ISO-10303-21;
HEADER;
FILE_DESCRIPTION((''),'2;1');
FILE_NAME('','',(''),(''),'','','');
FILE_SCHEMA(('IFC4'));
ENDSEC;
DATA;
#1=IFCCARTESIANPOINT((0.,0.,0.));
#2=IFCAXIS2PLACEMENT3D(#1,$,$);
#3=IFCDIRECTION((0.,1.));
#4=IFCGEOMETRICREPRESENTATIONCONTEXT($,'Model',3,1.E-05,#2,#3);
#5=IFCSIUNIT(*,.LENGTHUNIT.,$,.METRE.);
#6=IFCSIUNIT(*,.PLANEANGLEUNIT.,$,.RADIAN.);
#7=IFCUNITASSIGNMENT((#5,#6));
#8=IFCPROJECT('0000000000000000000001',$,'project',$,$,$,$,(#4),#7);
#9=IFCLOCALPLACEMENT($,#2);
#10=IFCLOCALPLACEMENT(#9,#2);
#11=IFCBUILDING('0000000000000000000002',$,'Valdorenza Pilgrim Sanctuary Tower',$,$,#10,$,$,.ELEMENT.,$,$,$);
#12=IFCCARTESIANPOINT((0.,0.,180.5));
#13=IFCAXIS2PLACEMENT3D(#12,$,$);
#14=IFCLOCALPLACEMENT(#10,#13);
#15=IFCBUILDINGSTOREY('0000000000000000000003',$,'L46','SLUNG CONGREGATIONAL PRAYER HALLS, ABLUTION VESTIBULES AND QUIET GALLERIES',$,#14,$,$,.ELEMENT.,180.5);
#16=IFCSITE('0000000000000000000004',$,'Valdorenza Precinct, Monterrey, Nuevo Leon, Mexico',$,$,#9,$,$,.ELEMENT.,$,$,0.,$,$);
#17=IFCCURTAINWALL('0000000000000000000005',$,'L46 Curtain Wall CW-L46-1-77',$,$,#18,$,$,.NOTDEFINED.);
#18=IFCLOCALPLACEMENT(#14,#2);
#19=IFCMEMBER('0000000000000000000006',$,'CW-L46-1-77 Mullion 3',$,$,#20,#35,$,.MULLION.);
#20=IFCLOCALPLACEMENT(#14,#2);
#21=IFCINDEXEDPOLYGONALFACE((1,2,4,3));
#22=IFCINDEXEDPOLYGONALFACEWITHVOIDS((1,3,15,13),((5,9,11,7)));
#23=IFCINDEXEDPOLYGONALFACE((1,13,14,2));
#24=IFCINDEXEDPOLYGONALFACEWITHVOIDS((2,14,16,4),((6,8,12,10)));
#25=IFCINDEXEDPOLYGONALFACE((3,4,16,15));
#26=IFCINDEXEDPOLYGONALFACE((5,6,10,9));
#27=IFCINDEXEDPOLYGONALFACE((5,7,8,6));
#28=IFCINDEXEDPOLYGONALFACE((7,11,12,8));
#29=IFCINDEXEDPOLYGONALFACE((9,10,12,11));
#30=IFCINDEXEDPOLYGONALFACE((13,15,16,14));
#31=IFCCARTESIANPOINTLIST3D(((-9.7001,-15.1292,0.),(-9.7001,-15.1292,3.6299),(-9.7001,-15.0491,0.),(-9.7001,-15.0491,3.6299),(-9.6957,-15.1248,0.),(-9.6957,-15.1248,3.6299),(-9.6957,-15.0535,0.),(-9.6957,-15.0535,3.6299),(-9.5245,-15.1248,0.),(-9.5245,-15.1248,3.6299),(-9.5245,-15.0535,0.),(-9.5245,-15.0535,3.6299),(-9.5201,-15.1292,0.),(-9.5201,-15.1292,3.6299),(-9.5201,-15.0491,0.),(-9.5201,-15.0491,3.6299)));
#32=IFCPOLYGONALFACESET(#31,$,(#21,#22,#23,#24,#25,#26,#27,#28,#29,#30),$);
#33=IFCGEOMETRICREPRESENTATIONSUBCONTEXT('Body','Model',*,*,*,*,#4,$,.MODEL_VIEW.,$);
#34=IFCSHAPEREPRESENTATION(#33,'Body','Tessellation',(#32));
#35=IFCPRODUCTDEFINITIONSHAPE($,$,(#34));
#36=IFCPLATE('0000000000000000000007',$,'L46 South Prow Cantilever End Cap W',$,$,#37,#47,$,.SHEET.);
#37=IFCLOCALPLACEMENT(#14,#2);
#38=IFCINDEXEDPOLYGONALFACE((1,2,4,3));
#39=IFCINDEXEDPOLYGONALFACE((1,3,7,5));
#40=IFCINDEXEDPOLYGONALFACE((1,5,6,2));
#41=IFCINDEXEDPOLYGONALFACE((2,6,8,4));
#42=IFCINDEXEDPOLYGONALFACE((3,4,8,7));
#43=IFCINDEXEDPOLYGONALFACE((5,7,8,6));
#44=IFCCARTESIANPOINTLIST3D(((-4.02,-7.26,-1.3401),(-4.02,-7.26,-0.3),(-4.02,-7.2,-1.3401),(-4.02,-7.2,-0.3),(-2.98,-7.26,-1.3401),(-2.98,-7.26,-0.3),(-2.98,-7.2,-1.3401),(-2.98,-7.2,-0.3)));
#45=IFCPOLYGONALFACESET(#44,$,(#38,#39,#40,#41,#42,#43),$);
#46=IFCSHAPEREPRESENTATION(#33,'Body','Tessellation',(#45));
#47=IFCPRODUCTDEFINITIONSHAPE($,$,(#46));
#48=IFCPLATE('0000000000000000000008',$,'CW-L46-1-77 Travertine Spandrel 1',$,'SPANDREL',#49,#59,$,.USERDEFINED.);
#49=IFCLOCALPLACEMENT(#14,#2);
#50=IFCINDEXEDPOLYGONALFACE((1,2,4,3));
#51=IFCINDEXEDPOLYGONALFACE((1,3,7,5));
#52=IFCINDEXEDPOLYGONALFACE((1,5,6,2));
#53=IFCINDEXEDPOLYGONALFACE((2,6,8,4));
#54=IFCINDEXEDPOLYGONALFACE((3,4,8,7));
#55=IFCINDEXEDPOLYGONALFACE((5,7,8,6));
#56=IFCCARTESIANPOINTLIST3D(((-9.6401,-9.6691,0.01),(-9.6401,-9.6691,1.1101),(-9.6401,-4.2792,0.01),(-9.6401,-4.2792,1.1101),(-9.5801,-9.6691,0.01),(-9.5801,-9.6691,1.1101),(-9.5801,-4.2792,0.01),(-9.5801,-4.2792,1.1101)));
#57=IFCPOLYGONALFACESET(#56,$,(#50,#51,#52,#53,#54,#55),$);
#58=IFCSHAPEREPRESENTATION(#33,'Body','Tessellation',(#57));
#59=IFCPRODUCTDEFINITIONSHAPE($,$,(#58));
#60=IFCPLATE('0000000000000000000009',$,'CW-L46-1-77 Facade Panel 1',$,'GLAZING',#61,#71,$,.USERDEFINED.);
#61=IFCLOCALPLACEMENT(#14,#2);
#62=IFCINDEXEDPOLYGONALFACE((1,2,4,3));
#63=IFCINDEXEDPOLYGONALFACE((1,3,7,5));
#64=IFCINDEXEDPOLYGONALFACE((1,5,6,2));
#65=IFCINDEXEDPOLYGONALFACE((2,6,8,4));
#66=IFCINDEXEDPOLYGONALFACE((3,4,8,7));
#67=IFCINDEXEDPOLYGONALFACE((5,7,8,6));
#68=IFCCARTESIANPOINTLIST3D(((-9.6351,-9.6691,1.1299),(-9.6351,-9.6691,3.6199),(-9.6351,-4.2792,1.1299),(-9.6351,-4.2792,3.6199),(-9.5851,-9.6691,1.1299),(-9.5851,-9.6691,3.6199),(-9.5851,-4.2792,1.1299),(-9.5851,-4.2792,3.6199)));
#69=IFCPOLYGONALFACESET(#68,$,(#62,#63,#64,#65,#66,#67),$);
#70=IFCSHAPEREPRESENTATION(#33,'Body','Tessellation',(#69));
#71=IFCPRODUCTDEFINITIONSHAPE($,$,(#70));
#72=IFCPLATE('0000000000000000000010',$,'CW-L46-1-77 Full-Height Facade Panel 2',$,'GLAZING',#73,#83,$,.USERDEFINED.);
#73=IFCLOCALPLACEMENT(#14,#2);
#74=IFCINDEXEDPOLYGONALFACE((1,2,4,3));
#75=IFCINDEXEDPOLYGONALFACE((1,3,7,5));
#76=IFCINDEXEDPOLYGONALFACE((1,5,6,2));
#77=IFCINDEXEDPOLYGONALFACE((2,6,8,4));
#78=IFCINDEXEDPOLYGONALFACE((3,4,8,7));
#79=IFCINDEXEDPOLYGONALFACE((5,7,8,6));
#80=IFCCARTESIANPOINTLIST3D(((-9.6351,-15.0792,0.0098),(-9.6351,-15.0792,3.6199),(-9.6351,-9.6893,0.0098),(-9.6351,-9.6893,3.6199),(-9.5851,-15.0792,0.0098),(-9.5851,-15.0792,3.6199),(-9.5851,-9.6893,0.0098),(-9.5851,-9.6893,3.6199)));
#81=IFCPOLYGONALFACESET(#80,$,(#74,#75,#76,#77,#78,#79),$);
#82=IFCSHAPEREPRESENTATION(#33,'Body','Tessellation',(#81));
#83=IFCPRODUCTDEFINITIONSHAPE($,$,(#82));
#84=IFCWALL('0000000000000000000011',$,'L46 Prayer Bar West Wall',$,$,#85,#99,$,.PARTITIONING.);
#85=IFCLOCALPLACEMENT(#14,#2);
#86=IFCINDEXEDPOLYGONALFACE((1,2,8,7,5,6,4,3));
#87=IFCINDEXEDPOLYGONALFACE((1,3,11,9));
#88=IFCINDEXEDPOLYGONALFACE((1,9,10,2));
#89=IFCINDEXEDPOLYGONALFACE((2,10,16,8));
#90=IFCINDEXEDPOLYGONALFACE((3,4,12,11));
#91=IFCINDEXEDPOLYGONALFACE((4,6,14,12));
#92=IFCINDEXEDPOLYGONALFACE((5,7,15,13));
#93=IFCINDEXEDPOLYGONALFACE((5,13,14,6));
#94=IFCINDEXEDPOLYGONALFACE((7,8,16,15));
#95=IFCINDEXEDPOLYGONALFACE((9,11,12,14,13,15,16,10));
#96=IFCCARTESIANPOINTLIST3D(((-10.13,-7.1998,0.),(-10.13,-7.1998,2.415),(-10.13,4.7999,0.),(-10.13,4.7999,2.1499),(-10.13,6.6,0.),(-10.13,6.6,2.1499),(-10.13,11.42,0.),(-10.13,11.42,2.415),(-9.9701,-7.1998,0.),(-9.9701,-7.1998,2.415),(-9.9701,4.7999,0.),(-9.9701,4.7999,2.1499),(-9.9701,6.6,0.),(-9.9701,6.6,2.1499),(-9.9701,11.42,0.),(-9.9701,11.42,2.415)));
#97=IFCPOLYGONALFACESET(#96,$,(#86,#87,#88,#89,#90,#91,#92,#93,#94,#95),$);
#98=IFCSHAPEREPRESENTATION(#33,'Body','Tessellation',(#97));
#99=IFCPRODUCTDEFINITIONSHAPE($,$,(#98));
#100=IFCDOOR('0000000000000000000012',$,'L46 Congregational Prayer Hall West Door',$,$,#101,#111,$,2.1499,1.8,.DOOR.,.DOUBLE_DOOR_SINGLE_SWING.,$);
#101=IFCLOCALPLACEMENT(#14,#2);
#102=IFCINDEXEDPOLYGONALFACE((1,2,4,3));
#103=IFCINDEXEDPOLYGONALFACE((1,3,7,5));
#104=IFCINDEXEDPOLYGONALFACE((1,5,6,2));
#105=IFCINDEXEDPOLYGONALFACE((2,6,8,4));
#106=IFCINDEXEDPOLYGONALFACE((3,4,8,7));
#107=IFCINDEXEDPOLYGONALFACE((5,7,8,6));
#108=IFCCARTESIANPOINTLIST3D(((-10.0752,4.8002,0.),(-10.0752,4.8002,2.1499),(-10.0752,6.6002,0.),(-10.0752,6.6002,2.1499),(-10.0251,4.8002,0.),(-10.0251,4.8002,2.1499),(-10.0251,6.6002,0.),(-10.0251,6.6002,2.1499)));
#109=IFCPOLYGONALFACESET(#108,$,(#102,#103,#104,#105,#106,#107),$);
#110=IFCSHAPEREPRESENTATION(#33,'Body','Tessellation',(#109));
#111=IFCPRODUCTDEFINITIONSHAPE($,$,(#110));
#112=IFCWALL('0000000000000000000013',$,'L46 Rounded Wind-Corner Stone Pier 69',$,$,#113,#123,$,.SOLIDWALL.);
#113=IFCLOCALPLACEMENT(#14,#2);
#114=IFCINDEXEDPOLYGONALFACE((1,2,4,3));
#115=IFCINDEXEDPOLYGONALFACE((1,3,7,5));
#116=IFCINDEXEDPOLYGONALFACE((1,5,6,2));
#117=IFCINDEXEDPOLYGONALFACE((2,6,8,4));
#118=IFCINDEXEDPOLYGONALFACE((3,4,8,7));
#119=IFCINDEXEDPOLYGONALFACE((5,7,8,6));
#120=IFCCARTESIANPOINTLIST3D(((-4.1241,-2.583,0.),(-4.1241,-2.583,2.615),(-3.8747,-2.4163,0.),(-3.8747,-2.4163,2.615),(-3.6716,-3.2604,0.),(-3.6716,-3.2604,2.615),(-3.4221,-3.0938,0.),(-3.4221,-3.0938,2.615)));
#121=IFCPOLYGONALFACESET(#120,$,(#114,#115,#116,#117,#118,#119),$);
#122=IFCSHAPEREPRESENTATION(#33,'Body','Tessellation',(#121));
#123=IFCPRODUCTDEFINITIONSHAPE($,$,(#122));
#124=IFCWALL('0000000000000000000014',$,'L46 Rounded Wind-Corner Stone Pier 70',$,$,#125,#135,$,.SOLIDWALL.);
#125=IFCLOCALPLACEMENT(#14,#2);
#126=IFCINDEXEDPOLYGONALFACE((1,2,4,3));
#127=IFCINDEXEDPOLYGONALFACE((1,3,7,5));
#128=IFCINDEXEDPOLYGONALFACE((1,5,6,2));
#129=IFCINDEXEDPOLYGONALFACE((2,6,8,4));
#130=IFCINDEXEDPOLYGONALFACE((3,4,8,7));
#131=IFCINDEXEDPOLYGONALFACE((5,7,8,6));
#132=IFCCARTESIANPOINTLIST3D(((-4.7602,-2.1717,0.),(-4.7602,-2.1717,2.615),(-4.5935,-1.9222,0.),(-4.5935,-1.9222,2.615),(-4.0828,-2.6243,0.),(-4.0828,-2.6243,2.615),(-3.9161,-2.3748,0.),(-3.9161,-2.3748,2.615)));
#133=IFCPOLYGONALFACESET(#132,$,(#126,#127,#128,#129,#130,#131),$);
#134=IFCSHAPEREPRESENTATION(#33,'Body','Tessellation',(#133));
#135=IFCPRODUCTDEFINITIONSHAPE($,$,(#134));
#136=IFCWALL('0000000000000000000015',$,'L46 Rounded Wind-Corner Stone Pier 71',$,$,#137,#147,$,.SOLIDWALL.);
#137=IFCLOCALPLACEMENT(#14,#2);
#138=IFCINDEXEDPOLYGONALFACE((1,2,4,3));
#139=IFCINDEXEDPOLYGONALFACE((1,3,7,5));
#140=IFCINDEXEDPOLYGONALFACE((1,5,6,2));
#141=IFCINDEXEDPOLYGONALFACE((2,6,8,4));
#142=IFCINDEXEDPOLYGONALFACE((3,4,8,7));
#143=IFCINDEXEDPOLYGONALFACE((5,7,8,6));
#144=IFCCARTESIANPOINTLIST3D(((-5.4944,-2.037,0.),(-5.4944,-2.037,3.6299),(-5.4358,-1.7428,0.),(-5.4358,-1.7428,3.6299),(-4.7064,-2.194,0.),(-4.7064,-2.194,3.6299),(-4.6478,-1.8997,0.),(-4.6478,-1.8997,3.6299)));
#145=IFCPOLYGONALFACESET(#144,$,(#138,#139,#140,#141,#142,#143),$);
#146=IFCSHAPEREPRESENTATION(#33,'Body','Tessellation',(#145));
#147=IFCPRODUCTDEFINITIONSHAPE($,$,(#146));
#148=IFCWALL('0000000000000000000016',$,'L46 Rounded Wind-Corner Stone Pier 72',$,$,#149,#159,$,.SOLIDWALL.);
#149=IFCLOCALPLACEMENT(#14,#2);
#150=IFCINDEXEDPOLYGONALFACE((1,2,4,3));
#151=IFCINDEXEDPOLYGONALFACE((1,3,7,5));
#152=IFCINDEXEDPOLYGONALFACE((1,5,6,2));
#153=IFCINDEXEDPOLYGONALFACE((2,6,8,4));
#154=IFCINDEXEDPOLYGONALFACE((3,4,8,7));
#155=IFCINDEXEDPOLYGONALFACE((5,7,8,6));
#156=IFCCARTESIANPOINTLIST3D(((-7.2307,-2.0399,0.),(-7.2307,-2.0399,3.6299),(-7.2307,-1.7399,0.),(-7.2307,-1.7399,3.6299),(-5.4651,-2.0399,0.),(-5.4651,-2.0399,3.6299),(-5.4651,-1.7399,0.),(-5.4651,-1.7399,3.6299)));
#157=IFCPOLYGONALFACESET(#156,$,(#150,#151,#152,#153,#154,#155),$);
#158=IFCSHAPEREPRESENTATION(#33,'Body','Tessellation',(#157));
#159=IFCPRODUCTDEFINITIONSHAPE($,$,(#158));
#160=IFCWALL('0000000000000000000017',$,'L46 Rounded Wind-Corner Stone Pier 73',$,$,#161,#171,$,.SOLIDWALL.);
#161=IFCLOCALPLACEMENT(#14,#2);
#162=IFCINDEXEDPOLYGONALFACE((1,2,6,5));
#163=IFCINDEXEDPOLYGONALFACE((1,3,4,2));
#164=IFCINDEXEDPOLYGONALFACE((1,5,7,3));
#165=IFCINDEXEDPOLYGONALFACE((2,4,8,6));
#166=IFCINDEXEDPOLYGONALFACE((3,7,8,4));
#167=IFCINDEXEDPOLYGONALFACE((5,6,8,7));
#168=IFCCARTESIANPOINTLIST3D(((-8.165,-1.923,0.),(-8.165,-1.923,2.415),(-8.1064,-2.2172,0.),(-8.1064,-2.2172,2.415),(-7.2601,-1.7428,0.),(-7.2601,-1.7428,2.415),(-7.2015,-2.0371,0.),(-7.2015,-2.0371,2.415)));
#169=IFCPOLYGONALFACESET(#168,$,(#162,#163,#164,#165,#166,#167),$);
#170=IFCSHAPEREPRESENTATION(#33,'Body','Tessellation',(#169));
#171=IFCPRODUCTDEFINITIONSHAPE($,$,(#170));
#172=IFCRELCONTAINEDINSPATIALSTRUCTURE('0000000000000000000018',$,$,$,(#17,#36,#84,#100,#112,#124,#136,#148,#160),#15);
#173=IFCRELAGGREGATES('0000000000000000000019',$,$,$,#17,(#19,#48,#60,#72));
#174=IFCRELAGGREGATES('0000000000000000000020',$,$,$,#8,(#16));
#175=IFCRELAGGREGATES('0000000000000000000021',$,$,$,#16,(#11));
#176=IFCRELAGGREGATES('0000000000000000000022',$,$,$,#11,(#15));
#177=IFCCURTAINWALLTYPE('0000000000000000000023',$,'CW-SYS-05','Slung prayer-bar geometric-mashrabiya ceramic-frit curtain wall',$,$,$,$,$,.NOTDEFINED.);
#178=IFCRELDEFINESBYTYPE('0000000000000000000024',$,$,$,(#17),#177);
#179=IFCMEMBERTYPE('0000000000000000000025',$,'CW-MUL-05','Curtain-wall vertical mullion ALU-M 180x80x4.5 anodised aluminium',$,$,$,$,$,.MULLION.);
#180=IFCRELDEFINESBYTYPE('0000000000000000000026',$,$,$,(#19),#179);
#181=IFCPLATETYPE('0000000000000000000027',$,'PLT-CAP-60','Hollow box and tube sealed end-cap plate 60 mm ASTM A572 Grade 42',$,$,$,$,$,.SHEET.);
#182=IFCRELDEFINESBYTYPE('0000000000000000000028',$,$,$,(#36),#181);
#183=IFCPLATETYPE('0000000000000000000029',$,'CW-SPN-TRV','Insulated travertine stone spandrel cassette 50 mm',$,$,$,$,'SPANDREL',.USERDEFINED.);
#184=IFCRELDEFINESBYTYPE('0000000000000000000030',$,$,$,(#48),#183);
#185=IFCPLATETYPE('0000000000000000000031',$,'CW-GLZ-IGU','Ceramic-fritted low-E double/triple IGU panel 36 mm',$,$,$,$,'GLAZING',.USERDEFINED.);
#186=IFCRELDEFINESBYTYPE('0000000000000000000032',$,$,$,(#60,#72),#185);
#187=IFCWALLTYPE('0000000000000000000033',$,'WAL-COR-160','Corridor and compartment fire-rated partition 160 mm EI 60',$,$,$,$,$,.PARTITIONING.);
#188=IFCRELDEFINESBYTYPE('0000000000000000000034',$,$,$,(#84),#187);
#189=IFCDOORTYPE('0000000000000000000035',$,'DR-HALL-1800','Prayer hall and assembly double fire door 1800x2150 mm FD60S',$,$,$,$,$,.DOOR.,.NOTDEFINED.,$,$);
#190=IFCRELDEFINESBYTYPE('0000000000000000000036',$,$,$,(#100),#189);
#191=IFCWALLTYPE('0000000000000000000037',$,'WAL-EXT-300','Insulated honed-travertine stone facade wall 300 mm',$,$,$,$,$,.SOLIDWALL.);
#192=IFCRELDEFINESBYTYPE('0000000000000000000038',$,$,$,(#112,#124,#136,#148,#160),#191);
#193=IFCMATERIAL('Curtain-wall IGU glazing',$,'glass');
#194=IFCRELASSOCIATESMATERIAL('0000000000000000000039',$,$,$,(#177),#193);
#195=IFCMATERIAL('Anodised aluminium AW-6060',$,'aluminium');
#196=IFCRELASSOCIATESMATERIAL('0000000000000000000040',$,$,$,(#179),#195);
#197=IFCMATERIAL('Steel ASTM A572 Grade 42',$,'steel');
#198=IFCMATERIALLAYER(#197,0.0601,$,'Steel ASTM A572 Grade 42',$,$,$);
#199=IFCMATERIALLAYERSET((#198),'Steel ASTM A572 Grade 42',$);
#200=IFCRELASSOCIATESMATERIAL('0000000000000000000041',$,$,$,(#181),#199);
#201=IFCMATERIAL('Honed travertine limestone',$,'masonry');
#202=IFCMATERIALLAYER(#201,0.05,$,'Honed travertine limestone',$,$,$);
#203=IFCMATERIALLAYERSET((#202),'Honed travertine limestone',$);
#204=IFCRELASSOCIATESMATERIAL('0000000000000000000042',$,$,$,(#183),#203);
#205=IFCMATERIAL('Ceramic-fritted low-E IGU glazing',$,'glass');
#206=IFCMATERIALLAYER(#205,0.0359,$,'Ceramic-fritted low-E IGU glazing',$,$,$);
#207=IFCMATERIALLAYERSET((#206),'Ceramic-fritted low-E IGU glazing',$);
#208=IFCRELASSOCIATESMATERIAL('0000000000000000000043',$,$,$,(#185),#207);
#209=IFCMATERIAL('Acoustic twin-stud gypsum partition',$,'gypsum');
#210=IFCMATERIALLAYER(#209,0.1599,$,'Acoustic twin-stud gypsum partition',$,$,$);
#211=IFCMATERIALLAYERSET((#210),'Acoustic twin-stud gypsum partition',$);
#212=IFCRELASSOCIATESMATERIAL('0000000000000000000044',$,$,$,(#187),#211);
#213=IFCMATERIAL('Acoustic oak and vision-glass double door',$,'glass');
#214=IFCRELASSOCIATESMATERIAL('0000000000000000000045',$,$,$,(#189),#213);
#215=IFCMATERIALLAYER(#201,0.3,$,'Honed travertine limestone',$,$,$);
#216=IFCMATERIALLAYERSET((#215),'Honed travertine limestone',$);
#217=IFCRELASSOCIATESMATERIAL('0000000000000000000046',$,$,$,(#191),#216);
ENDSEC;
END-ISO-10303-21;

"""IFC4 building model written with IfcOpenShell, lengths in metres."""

from ifc_helpers import new_model, si_unit, direction, frame, frame_2d, origin, origin_2d, place, context, subcontext, project, spatial, rectangle, hollow_rectangle, extrude, source, transform, mapped, material, layer, layer_set, material_profile, profile_set, type_object, element, fill, aggregate, save


model = new_model("IFC4")

# Units and contexts
model_context = context("Model", 3, precision=1e-05, world=origin(), true_north=direction((0.0, 1.0)))
body_context = subcontext(model_context, "Body", "Model", "MODEL_VIEW")
ifc_project = project(units=[si_unit("LENGTHUNIT", "METRE"), si_unit("PLANEANGLEUNIT", "RADIAN")], contexts=[model_context])

# Site, building, storey
site_placement = place(None, origin())
site = spatial("IfcSite", under=ifc_project, at=site_placement, Name="Valdorenza Precinct, Monterrey, Nuevo Leon, Mexico", CompositionType="ELEMENT", RefElevation=0.0)
building_placement = place(site_placement, origin())
building = spatial("IfcBuilding", under=site, at=building_placement, Name="Valdorenza Pilgrim Sanctuary Tower", CompositionType="ELEMENT")
storey_placement = place(building_placement, frame((0.0, 0.0, 180.5)))
storey = spatial("IfcBuildingStorey", under=building, at=storey_placement, Name="L46", Description="SLUNG CONGREGATIONAL PRAYER HALLS, ABLUTION VESTIBULES AND QUIET GALLERIES", CompositionType="ELEMENT", Elevation=180.5)

# Shared definitions
ifc_material_1 = material(Name="Steel ASTM A572 Grade 42", Category="steel")

# Curtain wall
ifc_material_2 = material(Name="Curtain-wall IGU glazing", Category="glass")
curtain_wall_type_1 = type_object("IfcCurtainWallType", Name="CW-SYS-05", Description="Slung prayer-bar geometric-mashrabiya ceramic-frit curtain wall", PredefinedType="NOTDEFINED", material=ifc_material_2)
curtain_wall_1_placement = place(storey_placement, origin())
curtain_wall_1 = element("IfcCurtainWall", 1, at=curtain_wall_1_placement, inside=storey, type_object=curtain_wall_type_1, Name="L46 Curtain Wall CW-L46-1-77", PredefinedType="NOTDEFINED")
ifc_material_3 = material(Name="Anodised aluminium AW-6060", Category="aluminium")

# Member
ifc_material_profile_1 = material_profile(ifc_material_3, hollow_rectangle(XDim=0.0801, YDim=0.1799, WallThickness=0.0044, at=origin_2d()), Name="ALU-M 180x80x4.5")
ifc_profile_set_1 = profile_set([ifc_material_profile_1], Name="Anodised aluminium AW-6060")
member_type_1 = type_object("IfcMemberType", Name="CW-MUL-05", Description="Curtain-wall vertical mullion ALU-M 180x80x4.5 anodised aluminium", PredefinedType="MULLION", material=ifc_profile_set_1)
shared_shape_1 = source(origin(), body_context, "Body", "SweptSolid", [
    extrude(hollow_rectangle(XDim=0.0801, YDim=0.1799, WallThickness=0.0044, at=origin_2d()), origin(), (0.0, 0.0, 1.0), 3.6299),
])
member_1_placement = place(storey_placement, frame((-9.6101, -15.0891, 0.0), z_axis=(0.0, 0.0, 1.0), x_axis=(0.0, -1.0, 0.0)))
member_1 = element("IfcMember", 2, at=member_1_placement, type_object=member_type_1, Name="CW-L46-1-77 Mullion 3", PredefinedType="MULLION", context=body_context, shape_type="MappedRepresentation", body=[
    mapped(shared_shape_1, transform((0.0, 0.0, 0.0), x_axis=(1.0, 0.0, 0.0), y_axis=(0.0, 1.0, 0.0), z_axis=(0.0, 0.0, 1.0), scale=1.0)),
])

# Plates
ifc_layer_1 = layer(ifc_material_1, 0.0601, Name="Steel ASTM A572 Grade 42")
ifc_layer_set_1 = layer_set([ifc_layer_1], Name="Steel ASTM A572 Grade 42")
plate_type_1 = type_object("IfcPlateType", Name="PLT-CAP-60", Description="Hollow box and tube sealed end-cap plate 60 mm ASTM A572 Grade 42", PredefinedType="SHEET", material=ifc_layer_set_1)
shared_shape_2 = source(origin(), body_context, "Body", "SweptSolid", [
    extrude(rectangle(XDim=1.04, YDim=0.0601, at=origin_2d()), origin(), (0.0, 0.0, 1.0), 1.04),
])
plate_1_placement = place(storey_placement, frame((-3.5, -7.23, -1.3401), z_axis=(0.0, 0.0, 1.0), x_axis=(1.0, 0.0, 0.0)))
element("IfcPlate", 3, at=plate_1_placement, inside=storey, type_object=plate_type_1, Name="L46 South Prow Cantilever End Cap W", PredefinedType="SHEET", context=body_context, shape_type="MappedRepresentation", body=[
    mapped(shared_shape_2, transform((0.0, 0.0, 0.0), x_axis=(1.0, 0.0, 0.0), y_axis=(0.0, 1.0, 0.0), z_axis=(0.0, 0.0, 1.0), scale=1.0)),
])
ifc_material_4 = material(Name="Honed travertine limestone", Category="masonry")
ifc_layer_2 = layer(ifc_material_4, 0.05, Name="Honed travertine limestone")
ifc_layer_set_2 = layer_set([ifc_layer_2], Name="Honed travertine limestone")
plate_type_2 = type_object("IfcPlateType", Name="CW-SPN-TRV", Description="Insulated travertine stone spandrel cassette 50 mm", ElementType="SPANDREL", PredefinedType="USERDEFINED", material=ifc_layer_set_2)
shared_shape_3 = source(origin(), body_context, "Body", "SweptSolid", [
    extrude(rectangle(XDim=5.3899, YDim=0.0601, at=origin_2d()), origin(), (0.0, 0.0, 1.0), 1.1001),
])
plate_2_placement = place(storey_placement, frame((-9.6101, -6.9741, 0.01), z_axis=(0.0, 0.0, 1.0), x_axis=(0.0, -1.0, 0.0)))
plate_2 = element("IfcPlate", 4, at=plate_2_placement, type_object=plate_type_2, Name="CW-L46-1-77 Travertine Spandrel 1", ObjectType="SPANDREL", PredefinedType="USERDEFINED", context=body_context, shape_type="MappedRepresentation", body=[
    mapped(shared_shape_3, transform((0.0, 0.0, 0.0), x_axis=(1.0, 0.0, 0.0), y_axis=(0.0, 1.0, 0.0), z_axis=(0.0, 0.0, 1.0), scale=1.0)),
])
ifc_material_5 = material(Name="Ceramic-fritted low-E IGU glazing", Category="glass")
ifc_layer_3 = layer(ifc_material_5, 0.0359, Name="Ceramic-fritted low-E IGU glazing")
ifc_layer_set_3 = layer_set([ifc_layer_3], Name="Ceramic-fritted low-E IGU glazing")
plate_type_3 = type_object("IfcPlateType", Name="CW-GLZ-IGU", Description="Ceramic-fritted low-E double/triple IGU panel 36 mm", ElementType="GLAZING", PredefinedType="USERDEFINED", material=ifc_layer_set_3)
shared_shape_4 = source(origin(), body_context, "Body", "SweptSolid", [
    extrude(rectangle(XDim=5.3899, YDim=0.05, at=origin_2d()), origin(), (0.0, 0.0, 1.0), 2.49),
])
plate_3_placement = place(storey_placement, frame((-9.6101, -6.9741, 1.1299), z_axis=(0.0, 0.0, 1.0), x_axis=(0.0, -1.0, 0.0)))
plate_3 = element("IfcPlate", 5, at=plate_3_placement, type_object=plate_type_3, Name="CW-L46-1-77 Facade Panel 1", ObjectType="GLAZING", PredefinedType="USERDEFINED", context=body_context, shape_type="MappedRepresentation", body=[
    mapped(shared_shape_4, transform((0.0, 0.0, 0.0), x_axis=(1.0, 0.0, 0.0), y_axis=(0.0, 1.0, 0.0), z_axis=(0.0, 0.0, 1.0), scale=1.0)),
])
shared_shape_5 = source(origin(), body_context, "Body", "SweptSolid", [
    extrude(rectangle(XDim=5.3899, YDim=0.05, at=origin_2d()), origin(), (0.0, 0.0, 1.0), 3.6101),
])
plate_4_placement = place(storey_placement, frame((-9.6101, -12.3843, 0.0098), z_axis=(0.0, 0.0, 1.0), x_axis=(0.0, -1.0, 0.0)))
plate_4 = element("IfcPlate", 6, at=plate_4_placement, type_object=plate_type_3, Name="CW-L46-1-77 Full-Height Facade Panel 2", ObjectType="GLAZING", PredefinedType="USERDEFINED", context=body_context, shape_type="MappedRepresentation", body=[
    mapped(shared_shape_5, transform((0.0, 0.0, 0.0), x_axis=(1.0, 0.0, 0.0), y_axis=(0.0, 1.0, 0.0), z_axis=(0.0, 0.0, 1.0), scale=1.0)),
])
aggregate(curtain_wall_1, [member_1, plate_2, plate_3, plate_4])

# Wall, opening, door
ifc_material_6 = material(Name="Acoustic twin-stud gypsum partition", Category="gypsum")
ifc_layer_4 = layer(ifc_material_6, 0.1599, Name="Acoustic twin-stud gypsum partition")
ifc_layer_set_4 = layer_set([ifc_layer_4], Name="Acoustic twin-stud gypsum partition")
wall_type_1 = type_object("IfcWallType", Name="WAL-COR-160", Description="Corridor and compartment fire-rated partition 160 mm EI 60", PredefinedType="PARTITIONING", material=ifc_layer_set_4)
wall_1_placement = place(storey_placement, frame((-10.05, -7.2, 0.0), z_axis=(0.0, 0.0, 1.0), x_axis=(0.0, 1.0, 0.0)))
wall_1 = element("IfcWall", 7, at=wall_1_placement, inside=storey, type_object=wall_type_1, Name="L46 Prayer Bar West Wall", PredefinedType="PARTITIONING", context=body_context, shape_type="SweptSolid", body=[
    extrude(rectangle(XDim=18.6199, YDim=0.1599, at=frame_2d((9.3101, 0.0))), origin(), (0.0, 0.0, 1.0), 2.415),
])
opening_placement = place(wall_1_placement, frame((12.0, 0.0, 0.0)))
opening = element("IfcOpeningElement", 8, at=opening_placement, cuts=wall_1, PredefinedType="OPENING", context=body_context, shape_type="SweptSolid", body=[
    extrude(rectangle(XDim=1.8, YDim=2.1499, at=frame_2d((0.8999, 1.075))), frame((0.0, 0.0947, 0.0), z_axis=(0.0, -1.0, 0.0), x_axis=(1.0, 0.0, 0.0)), (0.0, 0.0, 1.0), 0.1897),
])
ifc_material_7 = material(Name="Acoustic oak and vision-glass double door", Category="glass")
door_type = type_object("IfcDoorType", Name="DR-HALL-1800", Description="Prayer hall and assembly double fire door 1800x2150 mm FD60S", OperationType="NOTDEFINED", PredefinedType="DOOR", material=ifc_material_7)
door_placement = place(opening_placement, frame((1.8, 0.0, 0.0), z_axis=(0.0, 0.0, 1.0), x_axis=(-1.0, 0.0, 0.0)))
door = element("IfcDoor", 9, at=door_placement, inside=storey, type_object=door_type, Name="L46 Congregational Prayer Hall West Door", OperationType="DOUBLE_DOOR_SINGLE_SWING", OverallHeight=2.1499, OverallWidth=1.8, PredefinedType="DOOR", context=body_context, shape_type="SweptSolid", body=[
    extrude(rectangle(XDim=1.8, YDim=2.1499, at=frame_2d((0.8999, 1.075))), frame((0.0, 0.0249, 0.0), z_axis=(0.0, -1.0, 0.0), x_axis=(1.0, 0.0, 0.0)), (0.0, 0.0, 1.0), 0.05),
])
fill(opening, door)

# Walls
ifc_layer_5 = layer(ifc_material_4, 0.3, Name="Honed travertine limestone")
ifc_layer_set_5 = layer_set([ifc_layer_5], Name="Honed travertine limestone")
wall_type_2 = type_object("IfcWallType", Name="WAL-EXT-300", Description="Insulated honed-travertine stone facade wall 300 mm", PredefinedType="SOLIDWALL", material=ifc_layer_set_5)
for number, where, z_axis, x_axis, name in (
    (10, (-3.5469, -3.177, 0.0), (0.0, 0.0, 1.0), (-0.55553, 0.831497, 0.0), "L46 Rounded Wind-Corner Stone Pier 69"),
    (11, (-3.9995, -2.4995, 0.0), (0.0, 0.0, 1.0), (-0.831497, 0.55553, 0.0), "L46 Rounded Wind-Corner Stone Pier 70"),
):
    element("IfcWall", number, at=place(storey_placement, frame(where, z_axis=z_axis, x_axis=x_axis)), inside=storey, type_object=wall_type_2, Name=name, PredefinedType="SOLIDWALL", context=body_context, shape_type="SweptSolid", body=[
        extrude(rectangle(XDim=0.8147, YDim=0.3, at=frame_2d((0.4072, 0.0))), origin(), (0.0, 0.0, 1.0), 2.615),
    ])
wall_2_placement = place(storey_placement, frame((-4.677, -2.0469, 0.0), z_axis=(0.0, 0.0, 1.0), x_axis=(-0.980732, 0.195357, 0.0)))
element("IfcWall", 12, at=wall_2_placement, inside=storey, type_object=wall_type_2, Name="L46 Rounded Wind-Corner Stone Pier 71", PredefinedType="SOLIDWALL", context=body_context, shape_type="SweptSolid", body=[
    extrude(rectangle(XDim=0.8035, YDim=0.3, at=frame_2d((0.4019, 0.0))), origin(), (0.0, 0.0, 1.0), 3.6299),
])
wall_3_placement = place(storey_placement, frame((-5.4651, -1.8899, 0.0), z_axis=(0.0, 0.0, 1.0), x_axis=(-1.0, 0.0, 0.0)))
element("IfcWall", 13, at=wall_3_placement, inside=storey, type_object=wall_type_2, Name="L46 Rounded Wind-Corner Stone Pier 72", PredefinedType="SOLIDWALL", context=body_context, shape_type="SweptSolid", body=[
    extrude(rectangle(XDim=1.7656, YDim=0.3, at=frame_2d((0.8828, 0.0))), origin(), (0.0, 0.0, 1.0), 3.6299),
])
wall_4_placement = place(storey_placement, frame((-7.2307, -1.8899, 0.0), z_axis=(0.0, 0.0, 1.0), x_axis=(-0.980743, -0.195302, 0.0)))
element("IfcWall", 14, at=wall_4_placement, inside=storey, type_object=wall_type_2, Name="L46 Rounded Wind-Corner Stone Pier 73", PredefinedType="SOLIDWALL", context=body_context, shape_type="SweptSolid", body=[
    extrude(rectangle(XDim=0.9226, YDim=0.3, at=frame_2d((0.4614, 0.0))), origin(), (0.0, 0.0, 1.0), 2.415),
])

save(model, "model.ifc")
